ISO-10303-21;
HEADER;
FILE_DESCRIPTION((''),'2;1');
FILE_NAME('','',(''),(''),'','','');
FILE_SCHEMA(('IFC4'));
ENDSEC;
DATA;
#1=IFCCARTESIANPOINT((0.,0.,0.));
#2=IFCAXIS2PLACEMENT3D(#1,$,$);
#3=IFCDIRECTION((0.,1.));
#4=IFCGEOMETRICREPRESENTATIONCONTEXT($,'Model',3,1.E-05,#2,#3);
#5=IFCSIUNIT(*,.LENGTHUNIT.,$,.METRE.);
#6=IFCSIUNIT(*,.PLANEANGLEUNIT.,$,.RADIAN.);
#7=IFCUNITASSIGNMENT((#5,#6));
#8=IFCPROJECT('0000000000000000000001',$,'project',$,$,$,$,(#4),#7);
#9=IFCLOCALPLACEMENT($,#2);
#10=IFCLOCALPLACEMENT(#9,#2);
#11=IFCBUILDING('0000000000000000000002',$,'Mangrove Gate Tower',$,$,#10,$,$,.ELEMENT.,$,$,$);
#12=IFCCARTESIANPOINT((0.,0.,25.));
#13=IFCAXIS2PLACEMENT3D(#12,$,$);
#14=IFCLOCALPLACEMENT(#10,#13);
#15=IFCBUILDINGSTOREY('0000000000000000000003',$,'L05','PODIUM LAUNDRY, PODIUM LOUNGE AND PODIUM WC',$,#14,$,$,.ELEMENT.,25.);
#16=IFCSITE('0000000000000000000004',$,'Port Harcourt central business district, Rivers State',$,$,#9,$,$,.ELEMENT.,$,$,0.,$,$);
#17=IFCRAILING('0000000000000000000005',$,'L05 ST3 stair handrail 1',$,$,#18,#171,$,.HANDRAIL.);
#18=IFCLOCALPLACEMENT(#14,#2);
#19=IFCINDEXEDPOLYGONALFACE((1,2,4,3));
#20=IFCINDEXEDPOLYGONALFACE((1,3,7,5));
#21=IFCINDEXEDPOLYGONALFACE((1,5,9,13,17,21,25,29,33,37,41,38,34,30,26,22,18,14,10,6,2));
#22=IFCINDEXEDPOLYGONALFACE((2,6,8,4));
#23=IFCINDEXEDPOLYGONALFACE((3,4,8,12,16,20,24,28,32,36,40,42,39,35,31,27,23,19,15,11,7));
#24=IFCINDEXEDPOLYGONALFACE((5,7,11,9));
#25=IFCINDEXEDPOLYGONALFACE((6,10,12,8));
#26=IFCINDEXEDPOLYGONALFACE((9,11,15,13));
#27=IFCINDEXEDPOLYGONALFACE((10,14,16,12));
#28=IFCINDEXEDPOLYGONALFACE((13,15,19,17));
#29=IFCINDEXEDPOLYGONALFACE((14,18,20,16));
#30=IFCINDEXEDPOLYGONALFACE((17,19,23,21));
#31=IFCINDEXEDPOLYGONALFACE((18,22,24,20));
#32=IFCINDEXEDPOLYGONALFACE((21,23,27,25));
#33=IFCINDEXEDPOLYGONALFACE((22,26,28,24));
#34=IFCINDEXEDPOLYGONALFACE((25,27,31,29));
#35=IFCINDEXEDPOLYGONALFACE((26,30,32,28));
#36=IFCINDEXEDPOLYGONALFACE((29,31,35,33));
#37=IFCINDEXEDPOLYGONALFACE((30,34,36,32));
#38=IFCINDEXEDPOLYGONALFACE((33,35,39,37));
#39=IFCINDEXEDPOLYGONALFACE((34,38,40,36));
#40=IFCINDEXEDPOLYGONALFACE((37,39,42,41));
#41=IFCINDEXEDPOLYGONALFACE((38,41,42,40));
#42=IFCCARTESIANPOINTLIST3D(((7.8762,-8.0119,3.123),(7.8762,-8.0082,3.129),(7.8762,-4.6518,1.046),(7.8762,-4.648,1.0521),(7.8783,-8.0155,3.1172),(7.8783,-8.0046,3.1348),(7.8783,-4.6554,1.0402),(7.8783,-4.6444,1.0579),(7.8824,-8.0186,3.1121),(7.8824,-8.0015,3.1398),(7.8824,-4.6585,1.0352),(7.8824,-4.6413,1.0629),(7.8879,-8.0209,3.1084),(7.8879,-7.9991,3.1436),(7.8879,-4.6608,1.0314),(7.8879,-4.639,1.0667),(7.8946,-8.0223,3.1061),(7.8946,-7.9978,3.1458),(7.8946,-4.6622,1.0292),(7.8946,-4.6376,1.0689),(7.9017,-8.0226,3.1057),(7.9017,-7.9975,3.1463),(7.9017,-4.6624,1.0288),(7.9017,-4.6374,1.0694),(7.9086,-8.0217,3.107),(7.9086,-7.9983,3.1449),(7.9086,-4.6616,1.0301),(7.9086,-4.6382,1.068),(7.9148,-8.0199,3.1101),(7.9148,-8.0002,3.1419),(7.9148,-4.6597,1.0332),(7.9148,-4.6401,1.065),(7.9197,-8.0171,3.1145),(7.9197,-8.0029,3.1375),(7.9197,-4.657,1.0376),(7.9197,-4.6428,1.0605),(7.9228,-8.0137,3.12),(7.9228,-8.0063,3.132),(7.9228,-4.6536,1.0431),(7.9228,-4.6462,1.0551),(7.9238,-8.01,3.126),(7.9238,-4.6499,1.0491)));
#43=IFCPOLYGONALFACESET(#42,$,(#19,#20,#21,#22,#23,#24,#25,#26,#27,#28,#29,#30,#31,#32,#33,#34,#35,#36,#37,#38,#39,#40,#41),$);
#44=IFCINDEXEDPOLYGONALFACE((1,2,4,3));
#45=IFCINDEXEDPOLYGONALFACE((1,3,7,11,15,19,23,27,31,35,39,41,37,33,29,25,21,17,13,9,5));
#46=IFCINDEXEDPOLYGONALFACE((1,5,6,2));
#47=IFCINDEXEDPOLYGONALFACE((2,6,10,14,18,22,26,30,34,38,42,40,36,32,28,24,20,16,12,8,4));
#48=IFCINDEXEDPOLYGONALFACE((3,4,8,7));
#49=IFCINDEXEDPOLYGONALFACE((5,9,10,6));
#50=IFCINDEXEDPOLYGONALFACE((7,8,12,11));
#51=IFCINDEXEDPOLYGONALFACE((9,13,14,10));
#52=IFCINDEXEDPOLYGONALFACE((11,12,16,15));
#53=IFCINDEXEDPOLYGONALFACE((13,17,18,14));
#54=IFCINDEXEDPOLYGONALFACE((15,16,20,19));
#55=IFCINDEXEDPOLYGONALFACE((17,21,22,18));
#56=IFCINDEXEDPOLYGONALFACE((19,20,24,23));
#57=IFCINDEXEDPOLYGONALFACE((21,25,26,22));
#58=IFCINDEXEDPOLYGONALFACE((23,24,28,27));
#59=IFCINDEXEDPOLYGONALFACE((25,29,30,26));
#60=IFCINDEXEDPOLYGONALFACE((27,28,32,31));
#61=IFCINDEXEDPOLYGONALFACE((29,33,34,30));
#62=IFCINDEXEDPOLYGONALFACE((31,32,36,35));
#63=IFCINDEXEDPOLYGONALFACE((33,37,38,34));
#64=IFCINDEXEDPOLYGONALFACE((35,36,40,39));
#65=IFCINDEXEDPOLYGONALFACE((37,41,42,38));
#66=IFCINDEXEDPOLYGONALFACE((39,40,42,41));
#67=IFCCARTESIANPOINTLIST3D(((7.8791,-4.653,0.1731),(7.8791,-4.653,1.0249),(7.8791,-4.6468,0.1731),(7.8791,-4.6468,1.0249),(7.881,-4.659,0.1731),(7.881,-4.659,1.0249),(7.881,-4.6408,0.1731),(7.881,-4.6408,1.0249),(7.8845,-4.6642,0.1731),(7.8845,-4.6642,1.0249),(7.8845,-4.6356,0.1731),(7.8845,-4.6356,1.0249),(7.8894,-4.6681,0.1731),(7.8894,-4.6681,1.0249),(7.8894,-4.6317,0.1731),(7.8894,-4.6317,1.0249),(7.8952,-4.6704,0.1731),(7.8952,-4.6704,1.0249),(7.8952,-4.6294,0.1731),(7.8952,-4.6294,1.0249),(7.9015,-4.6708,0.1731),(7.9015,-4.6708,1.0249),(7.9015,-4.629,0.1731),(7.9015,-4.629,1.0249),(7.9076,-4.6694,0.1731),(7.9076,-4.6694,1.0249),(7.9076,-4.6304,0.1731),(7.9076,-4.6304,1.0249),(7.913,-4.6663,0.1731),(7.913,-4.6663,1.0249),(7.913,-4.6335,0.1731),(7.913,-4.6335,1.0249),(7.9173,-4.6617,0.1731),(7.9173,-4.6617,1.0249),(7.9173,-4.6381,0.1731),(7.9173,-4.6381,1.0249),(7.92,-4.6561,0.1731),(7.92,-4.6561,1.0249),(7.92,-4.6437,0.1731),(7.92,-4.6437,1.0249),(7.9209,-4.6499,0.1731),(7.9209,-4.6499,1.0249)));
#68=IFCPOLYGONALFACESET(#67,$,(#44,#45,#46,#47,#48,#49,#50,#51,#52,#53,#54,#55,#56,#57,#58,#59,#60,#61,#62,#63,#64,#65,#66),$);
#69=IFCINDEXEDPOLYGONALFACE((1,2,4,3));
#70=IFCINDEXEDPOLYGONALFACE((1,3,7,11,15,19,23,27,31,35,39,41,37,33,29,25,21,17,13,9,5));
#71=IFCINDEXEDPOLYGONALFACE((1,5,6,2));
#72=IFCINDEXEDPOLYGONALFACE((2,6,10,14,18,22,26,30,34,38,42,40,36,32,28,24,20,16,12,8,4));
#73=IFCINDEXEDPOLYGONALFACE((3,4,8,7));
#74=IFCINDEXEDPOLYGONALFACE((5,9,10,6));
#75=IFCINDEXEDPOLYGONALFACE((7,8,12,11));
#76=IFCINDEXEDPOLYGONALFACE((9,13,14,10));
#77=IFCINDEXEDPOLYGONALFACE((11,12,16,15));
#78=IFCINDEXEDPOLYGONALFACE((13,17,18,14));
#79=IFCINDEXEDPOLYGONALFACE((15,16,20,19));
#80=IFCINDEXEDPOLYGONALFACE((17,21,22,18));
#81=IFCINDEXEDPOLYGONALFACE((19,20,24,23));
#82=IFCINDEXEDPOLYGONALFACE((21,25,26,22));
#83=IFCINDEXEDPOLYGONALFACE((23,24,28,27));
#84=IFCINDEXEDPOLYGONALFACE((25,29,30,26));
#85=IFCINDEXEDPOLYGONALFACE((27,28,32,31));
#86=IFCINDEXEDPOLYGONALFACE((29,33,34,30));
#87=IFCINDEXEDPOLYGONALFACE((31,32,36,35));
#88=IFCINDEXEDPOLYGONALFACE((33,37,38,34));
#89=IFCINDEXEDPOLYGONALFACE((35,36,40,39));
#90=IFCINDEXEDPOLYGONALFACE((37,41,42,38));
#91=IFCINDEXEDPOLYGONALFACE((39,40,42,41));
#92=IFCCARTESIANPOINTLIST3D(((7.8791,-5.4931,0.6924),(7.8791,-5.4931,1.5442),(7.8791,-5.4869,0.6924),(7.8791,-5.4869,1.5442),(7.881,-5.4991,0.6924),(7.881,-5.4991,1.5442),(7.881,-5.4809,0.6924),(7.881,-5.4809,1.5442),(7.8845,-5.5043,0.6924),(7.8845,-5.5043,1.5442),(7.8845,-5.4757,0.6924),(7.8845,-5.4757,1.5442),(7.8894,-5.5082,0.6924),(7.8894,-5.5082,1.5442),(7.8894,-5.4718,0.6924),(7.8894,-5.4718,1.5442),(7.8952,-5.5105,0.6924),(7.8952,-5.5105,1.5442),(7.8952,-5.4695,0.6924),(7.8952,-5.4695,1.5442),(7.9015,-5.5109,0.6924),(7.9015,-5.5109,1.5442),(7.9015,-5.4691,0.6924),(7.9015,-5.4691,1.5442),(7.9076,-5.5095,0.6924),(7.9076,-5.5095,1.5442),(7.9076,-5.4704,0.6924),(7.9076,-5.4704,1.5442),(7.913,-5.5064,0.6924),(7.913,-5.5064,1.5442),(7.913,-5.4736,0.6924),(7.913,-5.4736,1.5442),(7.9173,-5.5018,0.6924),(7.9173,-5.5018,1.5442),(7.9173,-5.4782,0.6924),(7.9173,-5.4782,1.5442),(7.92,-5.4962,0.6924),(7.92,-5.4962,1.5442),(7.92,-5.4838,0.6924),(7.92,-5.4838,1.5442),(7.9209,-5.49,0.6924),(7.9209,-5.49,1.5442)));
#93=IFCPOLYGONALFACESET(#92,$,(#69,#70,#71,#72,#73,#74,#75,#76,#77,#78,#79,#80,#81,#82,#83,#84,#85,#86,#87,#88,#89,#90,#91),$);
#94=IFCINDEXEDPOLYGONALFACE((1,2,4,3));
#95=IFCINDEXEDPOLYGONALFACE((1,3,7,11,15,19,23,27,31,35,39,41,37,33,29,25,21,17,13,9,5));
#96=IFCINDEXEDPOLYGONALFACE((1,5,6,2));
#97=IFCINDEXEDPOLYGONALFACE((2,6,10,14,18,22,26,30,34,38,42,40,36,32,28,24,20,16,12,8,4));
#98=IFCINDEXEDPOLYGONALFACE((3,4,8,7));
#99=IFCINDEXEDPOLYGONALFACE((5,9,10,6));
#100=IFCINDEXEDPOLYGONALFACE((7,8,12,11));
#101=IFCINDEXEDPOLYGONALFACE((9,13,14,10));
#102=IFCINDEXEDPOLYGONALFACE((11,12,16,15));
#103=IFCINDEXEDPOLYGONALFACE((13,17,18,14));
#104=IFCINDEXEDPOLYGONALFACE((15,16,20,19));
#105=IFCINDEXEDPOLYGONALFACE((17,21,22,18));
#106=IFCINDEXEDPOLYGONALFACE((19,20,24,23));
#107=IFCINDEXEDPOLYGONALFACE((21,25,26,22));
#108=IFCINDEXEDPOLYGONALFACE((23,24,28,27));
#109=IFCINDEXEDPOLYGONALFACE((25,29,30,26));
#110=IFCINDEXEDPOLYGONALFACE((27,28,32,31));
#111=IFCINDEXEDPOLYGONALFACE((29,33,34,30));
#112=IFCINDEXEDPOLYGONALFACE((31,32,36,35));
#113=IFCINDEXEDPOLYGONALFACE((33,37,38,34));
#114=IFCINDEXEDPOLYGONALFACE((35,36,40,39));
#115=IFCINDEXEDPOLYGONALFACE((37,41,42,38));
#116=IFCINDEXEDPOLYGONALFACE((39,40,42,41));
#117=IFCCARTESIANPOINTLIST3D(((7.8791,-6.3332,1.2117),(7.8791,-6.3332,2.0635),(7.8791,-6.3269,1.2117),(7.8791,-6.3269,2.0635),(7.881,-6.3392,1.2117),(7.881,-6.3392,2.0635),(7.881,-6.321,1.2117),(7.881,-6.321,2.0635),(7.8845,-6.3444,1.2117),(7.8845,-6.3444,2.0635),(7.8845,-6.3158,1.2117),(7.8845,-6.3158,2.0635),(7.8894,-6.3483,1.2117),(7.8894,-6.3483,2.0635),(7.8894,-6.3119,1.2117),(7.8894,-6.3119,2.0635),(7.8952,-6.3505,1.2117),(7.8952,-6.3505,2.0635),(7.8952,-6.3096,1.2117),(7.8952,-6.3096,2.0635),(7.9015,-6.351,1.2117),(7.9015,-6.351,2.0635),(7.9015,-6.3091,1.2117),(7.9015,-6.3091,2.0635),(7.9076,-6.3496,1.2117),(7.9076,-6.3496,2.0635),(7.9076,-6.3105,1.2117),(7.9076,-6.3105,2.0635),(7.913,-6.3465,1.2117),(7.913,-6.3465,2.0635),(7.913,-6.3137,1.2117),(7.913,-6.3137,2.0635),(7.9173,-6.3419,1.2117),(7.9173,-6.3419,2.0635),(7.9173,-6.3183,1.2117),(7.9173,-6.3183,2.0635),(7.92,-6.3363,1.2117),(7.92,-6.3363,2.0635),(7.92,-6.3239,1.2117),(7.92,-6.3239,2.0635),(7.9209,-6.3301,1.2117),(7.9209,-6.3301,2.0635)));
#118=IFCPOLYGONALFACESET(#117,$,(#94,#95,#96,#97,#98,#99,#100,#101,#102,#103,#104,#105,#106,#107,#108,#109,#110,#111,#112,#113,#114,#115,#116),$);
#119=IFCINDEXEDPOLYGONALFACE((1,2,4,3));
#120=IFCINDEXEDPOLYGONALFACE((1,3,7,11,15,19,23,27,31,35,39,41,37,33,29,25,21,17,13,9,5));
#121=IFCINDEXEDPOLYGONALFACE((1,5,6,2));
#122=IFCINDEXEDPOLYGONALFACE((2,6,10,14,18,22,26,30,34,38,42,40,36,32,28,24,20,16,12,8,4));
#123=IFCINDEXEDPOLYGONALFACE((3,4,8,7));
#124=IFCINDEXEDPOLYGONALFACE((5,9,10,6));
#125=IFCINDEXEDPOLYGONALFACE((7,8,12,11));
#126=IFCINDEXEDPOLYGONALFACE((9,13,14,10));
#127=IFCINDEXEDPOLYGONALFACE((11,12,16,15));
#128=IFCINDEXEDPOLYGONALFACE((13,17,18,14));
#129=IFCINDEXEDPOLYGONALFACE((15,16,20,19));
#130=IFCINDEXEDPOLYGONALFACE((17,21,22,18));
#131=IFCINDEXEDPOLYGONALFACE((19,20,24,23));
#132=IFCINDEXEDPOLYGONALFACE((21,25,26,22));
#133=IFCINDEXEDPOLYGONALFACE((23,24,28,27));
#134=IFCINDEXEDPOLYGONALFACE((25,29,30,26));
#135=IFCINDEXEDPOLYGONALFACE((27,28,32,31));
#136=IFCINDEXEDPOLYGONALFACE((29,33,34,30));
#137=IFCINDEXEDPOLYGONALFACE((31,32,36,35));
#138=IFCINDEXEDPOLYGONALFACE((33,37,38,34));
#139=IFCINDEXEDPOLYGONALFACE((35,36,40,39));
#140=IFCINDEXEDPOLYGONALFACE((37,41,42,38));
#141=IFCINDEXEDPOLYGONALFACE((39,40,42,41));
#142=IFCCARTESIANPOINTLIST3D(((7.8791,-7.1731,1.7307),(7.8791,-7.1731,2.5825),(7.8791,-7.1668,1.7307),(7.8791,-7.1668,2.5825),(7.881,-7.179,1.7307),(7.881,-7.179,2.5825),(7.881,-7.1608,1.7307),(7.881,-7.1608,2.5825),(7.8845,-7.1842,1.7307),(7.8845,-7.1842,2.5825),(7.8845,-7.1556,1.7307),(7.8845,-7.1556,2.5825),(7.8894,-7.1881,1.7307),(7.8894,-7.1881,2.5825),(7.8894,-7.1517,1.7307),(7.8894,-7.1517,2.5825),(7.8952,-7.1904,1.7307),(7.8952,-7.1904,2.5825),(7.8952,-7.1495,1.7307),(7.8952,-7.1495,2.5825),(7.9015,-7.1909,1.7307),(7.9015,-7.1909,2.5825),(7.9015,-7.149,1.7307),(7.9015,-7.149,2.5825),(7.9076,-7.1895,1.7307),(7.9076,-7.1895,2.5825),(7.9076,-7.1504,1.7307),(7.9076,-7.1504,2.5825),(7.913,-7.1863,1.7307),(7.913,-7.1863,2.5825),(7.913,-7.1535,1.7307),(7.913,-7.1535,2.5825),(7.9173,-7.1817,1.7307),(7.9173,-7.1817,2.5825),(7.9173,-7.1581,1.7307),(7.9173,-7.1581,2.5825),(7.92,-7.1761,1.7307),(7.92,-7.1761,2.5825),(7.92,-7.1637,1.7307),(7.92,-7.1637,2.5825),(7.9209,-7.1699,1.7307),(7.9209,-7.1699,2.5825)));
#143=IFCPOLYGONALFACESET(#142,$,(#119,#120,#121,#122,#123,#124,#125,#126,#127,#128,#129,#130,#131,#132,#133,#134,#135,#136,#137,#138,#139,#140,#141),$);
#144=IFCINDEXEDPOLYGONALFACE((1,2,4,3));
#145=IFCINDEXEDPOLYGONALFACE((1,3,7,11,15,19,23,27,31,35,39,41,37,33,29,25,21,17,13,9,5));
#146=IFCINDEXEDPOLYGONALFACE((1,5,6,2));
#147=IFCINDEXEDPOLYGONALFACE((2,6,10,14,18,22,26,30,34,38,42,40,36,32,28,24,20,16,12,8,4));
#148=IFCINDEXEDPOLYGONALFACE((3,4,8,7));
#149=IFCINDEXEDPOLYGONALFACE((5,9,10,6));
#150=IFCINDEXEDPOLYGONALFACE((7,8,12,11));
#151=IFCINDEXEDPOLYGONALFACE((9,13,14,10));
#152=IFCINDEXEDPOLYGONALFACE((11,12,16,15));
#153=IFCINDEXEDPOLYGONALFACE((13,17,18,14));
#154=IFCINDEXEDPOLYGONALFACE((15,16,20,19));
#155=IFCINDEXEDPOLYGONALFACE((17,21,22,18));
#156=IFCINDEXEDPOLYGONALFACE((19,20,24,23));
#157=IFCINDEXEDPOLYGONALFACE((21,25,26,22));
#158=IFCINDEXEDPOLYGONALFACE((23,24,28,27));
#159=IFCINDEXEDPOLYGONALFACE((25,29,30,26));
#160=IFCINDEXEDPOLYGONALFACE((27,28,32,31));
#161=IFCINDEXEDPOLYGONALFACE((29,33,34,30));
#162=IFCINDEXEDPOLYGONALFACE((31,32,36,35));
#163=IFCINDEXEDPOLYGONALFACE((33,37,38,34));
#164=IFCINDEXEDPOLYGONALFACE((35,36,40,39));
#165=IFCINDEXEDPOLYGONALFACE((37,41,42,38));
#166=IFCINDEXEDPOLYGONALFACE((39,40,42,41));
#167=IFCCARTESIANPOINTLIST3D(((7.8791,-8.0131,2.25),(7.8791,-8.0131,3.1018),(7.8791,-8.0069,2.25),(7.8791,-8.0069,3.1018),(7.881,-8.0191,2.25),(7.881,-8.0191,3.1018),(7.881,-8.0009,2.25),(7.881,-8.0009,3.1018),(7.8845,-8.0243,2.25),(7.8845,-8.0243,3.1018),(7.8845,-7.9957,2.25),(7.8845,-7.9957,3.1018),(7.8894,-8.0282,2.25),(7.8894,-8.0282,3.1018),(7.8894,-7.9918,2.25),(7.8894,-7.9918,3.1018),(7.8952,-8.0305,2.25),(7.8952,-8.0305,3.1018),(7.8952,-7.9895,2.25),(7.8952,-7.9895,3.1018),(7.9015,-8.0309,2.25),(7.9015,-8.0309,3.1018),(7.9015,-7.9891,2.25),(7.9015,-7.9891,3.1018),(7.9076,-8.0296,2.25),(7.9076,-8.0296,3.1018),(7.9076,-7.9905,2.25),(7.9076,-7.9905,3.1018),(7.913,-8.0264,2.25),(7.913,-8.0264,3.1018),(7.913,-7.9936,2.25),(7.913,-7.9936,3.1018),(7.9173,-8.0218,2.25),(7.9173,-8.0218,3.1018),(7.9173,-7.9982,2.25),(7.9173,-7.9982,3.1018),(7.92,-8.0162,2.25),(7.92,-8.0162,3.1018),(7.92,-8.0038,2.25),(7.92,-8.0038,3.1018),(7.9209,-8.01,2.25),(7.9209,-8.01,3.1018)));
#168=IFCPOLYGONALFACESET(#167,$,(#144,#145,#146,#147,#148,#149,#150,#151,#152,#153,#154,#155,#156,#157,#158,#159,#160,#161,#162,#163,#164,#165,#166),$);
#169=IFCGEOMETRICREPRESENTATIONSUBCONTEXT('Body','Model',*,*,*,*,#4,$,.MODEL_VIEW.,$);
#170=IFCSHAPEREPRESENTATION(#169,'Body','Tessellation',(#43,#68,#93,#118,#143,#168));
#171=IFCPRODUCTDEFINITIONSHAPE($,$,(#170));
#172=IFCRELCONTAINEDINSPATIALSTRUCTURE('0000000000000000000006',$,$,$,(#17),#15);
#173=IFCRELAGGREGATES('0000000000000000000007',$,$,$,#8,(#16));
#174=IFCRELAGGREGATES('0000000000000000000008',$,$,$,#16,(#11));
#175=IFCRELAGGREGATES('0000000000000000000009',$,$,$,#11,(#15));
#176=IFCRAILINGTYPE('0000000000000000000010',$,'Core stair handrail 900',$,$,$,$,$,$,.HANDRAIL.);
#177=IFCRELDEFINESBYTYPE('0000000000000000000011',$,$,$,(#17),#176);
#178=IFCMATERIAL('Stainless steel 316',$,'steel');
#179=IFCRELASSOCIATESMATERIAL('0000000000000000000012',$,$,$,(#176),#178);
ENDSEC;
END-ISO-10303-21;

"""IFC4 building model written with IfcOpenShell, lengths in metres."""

from ifc_helpers import new_model, si_unit, direction, frame, origin, origin_2d, place, context, subcontext, project, spatial, circle, extrude, material, type_object, element, save


model = new_model("IFC4")

# Units and contexts
model_context = context("Model", 3, precision=1e-05, world=origin(), true_north=direction((0.0, 1.0)))
body_context = subcontext(model_context, "Body", "Model", "MODEL_VIEW")
ifc_project = project(units=[si_unit("LENGTHUNIT", "METRE"), si_unit("PLANEANGLEUNIT", "RADIAN")], contexts=[model_context])

# Site, building, storey
site_placement = place(None, origin())
site = spatial("IfcSite", under=ifc_project, at=site_placement, Name="Port Harcourt central business district, Rivers State", CompositionType="ELEMENT", RefElevation=0.0)
building_placement = place(site_placement, origin())
building = spatial("IfcBuilding", under=site, at=building_placement, Name="Mangrove Gate Tower", CompositionType="ELEMENT")
storey_placement = place(building_placement, frame((0.0, 0.0, 25.0)))
storey = spatial("IfcBuildingStorey", under=building, at=storey_placement, Name="L05", Description="PODIUM LAUNDRY, PODIUM LOUNGE AND PODIUM WC", CompositionType="ELEMENT", Elevation=25.0)

# Railing
ifc_material_1 = material(Name="Stainless steel 316", Category="steel")
railing_type_1 = type_object("IfcRailingType", Name="Core stair handrail 900", PredefinedType="HANDRAIL", material=ifc_material_1)
railing_1_placement = place(storey_placement, frame((7.8999, -4.6499, 0.1731)))
element("IfcRailing", 1, at=railing_1_placement, inside=storey, type_object=railing_type_1, Name="L05 ST3 stair handrail 1", PredefinedType="HANDRAIL", context=body_context, shape_type="SweptSolid", body=[
    extrude(circle(Radius=0.0239, at=origin_2d()), frame((0.0, 0.0, 0.876), z_axis=(0.0, -0.850623, 0.525776), x_axis=(1.0, 0.0, 0.0)), (0.0, 0.0, 1.0), 3.9502),
    extrude(circle(Radius=0.021, at=origin_2d()), origin(), (0.0, 0.0, 1.0), 0.8518),
    extrude(circle(Radius=0.021, at=origin_2d()), frame((0.0, -0.8401, 0.5193)), (0.0, 0.0, 1.0), 0.8518),
    extrude(circle(Radius=0.021, at=origin_2d()), frame((0.0, -1.6802, 1.0386)), (0.0, 0.0, 1.0), 0.8518),
    extrude(circle(Radius=0.021, at=origin_2d()), frame((0.0, -2.52, 1.5576)), (0.0, 0.0, 1.0), 0.8518),
    extrude(circle(Radius=0.021, at=origin_2d()), frame((0.0, -3.3601, 2.0769)), (0.0, 0.0, 1.0), 0.8518),
])

save(model, "model.ifc")
